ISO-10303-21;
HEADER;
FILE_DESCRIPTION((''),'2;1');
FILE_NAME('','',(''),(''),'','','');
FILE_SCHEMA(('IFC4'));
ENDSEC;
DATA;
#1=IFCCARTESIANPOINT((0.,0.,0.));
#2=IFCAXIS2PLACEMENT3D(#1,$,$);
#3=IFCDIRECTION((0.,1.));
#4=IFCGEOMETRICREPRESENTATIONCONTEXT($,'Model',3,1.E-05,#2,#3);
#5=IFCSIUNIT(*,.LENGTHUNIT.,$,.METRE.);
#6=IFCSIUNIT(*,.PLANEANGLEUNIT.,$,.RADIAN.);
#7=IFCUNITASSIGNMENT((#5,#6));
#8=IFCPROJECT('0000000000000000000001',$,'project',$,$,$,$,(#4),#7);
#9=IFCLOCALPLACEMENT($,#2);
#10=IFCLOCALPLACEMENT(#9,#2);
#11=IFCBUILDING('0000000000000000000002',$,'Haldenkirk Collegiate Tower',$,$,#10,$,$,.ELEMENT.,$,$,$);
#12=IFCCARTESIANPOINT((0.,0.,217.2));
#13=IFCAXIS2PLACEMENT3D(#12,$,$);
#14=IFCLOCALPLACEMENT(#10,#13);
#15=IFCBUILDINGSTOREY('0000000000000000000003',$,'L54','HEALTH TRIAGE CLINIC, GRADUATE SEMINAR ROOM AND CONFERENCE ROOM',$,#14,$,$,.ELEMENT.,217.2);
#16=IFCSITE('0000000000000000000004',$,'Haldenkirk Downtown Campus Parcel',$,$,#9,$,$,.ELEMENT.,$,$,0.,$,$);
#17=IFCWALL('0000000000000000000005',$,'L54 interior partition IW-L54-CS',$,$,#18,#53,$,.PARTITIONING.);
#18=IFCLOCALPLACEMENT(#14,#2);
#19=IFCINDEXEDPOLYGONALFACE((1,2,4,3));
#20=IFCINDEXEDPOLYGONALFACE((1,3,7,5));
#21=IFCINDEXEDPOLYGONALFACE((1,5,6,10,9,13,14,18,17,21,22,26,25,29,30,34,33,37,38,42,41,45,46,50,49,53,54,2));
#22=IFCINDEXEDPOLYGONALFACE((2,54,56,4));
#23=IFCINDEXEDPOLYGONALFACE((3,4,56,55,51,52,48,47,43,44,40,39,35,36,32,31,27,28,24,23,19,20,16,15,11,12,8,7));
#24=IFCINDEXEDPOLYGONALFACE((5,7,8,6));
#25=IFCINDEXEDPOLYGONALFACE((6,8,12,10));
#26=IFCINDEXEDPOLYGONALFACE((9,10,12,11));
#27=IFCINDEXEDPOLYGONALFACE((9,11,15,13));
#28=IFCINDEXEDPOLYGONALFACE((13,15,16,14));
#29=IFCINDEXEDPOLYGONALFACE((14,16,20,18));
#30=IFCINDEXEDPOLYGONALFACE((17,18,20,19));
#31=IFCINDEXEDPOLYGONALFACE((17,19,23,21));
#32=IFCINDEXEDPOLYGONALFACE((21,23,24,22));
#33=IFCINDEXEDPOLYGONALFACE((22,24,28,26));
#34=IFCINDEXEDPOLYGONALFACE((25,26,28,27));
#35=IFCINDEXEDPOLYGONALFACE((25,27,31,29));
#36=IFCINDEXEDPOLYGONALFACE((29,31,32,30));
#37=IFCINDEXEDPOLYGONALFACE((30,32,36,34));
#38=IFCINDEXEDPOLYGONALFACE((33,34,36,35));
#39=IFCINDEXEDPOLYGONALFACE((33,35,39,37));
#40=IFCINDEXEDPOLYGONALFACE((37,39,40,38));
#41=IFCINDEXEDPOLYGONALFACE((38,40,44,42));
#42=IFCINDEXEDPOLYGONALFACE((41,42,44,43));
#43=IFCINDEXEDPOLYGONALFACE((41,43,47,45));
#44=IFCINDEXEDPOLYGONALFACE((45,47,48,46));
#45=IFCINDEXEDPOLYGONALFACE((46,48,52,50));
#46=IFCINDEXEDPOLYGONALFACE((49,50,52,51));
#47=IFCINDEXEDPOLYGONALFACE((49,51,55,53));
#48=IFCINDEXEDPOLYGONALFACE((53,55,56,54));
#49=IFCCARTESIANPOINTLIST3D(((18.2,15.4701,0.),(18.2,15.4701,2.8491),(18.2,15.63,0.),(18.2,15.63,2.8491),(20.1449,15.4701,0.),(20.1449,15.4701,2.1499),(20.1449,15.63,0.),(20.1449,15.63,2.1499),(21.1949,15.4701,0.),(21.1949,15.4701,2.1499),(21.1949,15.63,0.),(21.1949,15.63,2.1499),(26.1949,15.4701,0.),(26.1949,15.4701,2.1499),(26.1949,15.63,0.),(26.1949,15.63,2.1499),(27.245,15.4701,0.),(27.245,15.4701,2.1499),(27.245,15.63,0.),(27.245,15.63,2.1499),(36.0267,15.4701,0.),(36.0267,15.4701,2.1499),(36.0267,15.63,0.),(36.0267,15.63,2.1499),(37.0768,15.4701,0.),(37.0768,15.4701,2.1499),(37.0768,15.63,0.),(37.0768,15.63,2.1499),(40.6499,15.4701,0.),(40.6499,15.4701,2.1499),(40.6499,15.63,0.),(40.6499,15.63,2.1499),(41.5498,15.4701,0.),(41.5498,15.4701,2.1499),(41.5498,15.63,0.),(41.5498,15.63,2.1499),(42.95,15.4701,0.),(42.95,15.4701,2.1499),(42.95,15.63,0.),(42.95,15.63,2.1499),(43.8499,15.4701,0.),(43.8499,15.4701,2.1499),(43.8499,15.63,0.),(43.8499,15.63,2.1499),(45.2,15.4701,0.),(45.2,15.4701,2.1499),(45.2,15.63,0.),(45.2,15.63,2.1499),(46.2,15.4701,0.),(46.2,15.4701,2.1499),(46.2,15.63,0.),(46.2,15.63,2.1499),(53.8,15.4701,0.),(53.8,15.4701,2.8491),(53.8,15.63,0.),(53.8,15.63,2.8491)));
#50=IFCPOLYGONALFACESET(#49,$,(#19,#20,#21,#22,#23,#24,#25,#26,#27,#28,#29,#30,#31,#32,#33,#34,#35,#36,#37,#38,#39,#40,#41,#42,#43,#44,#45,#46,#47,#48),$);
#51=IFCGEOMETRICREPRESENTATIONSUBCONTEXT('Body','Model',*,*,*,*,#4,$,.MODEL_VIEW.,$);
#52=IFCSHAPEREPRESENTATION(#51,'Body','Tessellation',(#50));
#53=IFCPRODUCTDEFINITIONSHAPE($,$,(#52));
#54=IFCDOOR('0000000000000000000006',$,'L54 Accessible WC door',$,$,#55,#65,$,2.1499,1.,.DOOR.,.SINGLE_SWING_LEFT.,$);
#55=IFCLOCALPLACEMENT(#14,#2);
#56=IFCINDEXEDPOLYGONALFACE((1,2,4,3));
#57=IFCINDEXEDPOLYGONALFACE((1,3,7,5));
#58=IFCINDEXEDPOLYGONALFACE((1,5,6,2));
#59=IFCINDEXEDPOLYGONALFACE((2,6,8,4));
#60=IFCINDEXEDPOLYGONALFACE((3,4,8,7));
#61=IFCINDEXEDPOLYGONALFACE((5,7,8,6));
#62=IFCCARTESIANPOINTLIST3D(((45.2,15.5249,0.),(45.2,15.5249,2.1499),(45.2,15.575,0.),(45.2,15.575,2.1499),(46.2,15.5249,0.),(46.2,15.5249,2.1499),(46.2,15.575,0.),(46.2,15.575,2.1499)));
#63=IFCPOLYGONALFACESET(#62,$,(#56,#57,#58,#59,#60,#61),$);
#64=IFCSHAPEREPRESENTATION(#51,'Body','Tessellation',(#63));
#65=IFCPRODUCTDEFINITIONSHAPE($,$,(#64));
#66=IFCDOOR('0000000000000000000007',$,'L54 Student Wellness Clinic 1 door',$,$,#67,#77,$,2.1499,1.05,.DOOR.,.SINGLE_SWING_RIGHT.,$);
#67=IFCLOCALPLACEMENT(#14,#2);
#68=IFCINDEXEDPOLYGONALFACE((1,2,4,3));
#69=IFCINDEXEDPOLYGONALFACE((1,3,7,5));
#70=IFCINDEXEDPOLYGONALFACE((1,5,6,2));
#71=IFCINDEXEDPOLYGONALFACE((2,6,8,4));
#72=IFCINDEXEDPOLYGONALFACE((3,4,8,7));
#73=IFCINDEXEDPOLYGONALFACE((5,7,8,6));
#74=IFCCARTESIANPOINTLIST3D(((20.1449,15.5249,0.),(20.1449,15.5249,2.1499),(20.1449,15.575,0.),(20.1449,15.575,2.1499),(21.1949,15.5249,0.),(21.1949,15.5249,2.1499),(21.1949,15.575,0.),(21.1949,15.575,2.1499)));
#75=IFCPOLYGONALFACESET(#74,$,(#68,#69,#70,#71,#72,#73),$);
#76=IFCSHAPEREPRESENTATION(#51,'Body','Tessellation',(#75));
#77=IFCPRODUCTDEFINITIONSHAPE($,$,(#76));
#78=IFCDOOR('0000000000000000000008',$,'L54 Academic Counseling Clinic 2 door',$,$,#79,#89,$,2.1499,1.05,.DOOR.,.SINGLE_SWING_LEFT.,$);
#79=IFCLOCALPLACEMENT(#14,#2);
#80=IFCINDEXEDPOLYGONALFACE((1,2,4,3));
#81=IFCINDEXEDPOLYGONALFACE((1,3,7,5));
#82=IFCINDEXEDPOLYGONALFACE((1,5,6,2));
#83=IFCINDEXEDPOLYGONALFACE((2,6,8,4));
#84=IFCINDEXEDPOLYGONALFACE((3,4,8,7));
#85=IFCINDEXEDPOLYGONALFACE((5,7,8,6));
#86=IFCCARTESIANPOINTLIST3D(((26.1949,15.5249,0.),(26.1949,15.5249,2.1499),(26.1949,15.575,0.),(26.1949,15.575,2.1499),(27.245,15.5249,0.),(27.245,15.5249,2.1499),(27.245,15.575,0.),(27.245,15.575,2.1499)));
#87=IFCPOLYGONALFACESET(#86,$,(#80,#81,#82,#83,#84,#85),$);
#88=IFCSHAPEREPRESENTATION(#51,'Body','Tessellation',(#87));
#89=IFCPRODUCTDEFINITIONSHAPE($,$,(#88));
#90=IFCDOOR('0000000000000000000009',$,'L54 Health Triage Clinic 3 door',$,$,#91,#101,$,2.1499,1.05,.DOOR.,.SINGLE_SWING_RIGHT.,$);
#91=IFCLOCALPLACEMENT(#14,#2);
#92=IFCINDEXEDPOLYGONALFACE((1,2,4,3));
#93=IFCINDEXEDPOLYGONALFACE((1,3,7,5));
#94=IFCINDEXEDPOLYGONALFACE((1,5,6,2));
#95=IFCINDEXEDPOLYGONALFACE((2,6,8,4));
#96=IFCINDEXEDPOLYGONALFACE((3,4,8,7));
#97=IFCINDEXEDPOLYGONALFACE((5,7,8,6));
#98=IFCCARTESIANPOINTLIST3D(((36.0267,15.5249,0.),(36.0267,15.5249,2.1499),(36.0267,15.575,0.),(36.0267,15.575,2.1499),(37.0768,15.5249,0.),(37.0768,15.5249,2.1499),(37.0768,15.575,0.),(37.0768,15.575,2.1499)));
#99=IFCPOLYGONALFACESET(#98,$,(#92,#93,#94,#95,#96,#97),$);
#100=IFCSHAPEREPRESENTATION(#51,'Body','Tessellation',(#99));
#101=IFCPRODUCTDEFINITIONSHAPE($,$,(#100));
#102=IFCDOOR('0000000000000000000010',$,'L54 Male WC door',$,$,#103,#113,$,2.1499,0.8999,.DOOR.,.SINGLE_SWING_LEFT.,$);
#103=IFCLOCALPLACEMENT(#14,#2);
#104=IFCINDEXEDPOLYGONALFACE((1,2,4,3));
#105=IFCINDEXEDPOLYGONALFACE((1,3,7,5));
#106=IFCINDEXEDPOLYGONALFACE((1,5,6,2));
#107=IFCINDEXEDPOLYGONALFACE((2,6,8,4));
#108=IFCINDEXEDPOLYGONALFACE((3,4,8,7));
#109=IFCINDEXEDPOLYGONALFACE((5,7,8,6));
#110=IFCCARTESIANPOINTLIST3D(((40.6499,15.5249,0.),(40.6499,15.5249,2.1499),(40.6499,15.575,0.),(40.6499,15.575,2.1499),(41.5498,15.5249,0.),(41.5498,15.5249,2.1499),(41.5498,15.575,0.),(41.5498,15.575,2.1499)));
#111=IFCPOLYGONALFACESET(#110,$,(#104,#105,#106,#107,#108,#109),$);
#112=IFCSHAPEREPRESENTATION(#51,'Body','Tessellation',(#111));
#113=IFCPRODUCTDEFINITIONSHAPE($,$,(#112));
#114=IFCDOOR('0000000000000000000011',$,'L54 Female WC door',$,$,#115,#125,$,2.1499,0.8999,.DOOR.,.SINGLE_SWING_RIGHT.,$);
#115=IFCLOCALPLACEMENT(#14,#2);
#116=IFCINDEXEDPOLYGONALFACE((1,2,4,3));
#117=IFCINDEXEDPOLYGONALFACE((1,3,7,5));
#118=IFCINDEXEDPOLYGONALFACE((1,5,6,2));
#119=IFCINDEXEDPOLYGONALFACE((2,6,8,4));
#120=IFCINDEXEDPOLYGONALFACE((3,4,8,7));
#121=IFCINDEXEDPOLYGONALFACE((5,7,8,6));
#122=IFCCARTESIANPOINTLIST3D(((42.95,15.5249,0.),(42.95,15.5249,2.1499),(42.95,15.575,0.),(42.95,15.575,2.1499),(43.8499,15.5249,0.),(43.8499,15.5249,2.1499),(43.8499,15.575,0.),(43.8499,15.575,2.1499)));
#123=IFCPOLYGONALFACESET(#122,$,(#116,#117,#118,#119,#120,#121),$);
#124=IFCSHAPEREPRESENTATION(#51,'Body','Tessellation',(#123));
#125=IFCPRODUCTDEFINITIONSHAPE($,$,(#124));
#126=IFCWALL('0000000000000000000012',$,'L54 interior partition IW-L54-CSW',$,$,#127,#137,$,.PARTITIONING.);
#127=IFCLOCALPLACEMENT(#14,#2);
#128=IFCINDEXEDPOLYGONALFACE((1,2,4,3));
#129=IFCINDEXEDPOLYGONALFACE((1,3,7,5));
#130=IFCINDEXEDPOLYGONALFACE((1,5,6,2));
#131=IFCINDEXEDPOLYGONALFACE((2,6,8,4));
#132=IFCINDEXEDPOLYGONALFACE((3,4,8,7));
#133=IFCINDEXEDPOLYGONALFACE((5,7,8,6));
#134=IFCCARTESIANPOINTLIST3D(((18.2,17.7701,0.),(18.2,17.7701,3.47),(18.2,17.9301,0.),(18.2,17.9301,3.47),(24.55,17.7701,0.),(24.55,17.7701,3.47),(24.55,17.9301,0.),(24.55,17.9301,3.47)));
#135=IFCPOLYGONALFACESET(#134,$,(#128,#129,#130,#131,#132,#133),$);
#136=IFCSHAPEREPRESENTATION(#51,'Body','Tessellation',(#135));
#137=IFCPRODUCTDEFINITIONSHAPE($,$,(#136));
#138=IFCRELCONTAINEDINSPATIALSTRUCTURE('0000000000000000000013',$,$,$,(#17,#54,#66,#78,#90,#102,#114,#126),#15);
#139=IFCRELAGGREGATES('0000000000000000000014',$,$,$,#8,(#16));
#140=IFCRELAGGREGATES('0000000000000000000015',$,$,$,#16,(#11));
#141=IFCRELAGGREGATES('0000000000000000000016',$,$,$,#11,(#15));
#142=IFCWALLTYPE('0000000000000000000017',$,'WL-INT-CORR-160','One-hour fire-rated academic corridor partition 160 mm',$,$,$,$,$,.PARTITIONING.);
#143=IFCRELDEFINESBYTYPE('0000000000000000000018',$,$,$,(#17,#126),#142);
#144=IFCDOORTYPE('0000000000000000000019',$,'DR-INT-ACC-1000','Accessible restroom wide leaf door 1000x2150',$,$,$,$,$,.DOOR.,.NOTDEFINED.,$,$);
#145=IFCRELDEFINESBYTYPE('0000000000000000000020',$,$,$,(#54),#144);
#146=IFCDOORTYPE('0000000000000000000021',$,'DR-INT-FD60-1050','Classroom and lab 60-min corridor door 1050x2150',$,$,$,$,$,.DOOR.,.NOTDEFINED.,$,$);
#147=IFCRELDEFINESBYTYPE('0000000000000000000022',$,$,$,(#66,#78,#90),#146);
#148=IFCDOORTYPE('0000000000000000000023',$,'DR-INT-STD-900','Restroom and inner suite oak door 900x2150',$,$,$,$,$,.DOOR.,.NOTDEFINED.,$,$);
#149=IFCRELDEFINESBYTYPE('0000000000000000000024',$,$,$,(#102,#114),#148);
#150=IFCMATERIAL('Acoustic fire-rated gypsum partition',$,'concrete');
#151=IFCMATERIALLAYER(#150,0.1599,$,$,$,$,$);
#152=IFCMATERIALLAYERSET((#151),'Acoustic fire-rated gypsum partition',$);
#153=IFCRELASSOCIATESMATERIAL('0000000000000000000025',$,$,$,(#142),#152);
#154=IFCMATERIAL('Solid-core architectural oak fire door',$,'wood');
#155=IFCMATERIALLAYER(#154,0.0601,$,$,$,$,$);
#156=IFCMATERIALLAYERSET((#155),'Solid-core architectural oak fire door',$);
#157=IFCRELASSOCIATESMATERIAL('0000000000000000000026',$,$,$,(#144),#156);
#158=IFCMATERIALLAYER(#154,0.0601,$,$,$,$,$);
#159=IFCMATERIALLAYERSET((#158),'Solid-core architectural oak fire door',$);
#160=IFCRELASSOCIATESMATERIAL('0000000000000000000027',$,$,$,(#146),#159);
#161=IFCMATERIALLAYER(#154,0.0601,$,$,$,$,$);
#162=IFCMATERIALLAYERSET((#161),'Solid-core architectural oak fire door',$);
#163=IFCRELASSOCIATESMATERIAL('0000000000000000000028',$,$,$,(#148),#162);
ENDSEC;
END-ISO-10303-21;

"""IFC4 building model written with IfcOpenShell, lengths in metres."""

from ifc_helpers import new_model, si_unit, direction, frame, frame_2d, origin, place, context, subcontext, project, spatial, rectangle, extrude, material, layer, layer_set, type_object, element, fill, save


model = new_model("IFC4")

# Units and contexts
model_context = context("Model", 3, precision=1e-05, world=origin(), true_north=direction((0.0, 1.0)))
body_context = subcontext(model_context, "Body", "Model", "MODEL_VIEW")
ifc_project = project(units=[si_unit("LENGTHUNIT", "METRE"), si_unit("PLANEANGLEUNIT", "RADIAN")], contexts=[model_context])

# Site, building, storey
site_placement = place(None, origin())
site = spatial("IfcSite", under=ifc_project, at=site_placement, Name="Haldenkirk Downtown Campus Parcel", CompositionType="ELEMENT", RefElevation=0.0)
building_placement = place(site_placement, origin())
building = spatial("IfcBuilding", under=site, at=building_placement, Name="Haldenkirk Collegiate Tower", CompositionType="ELEMENT")
storey_placement = place(building_placement, frame((0.0, 0.0, 217.2)))
storey = spatial("IfcBuildingStorey", under=building, at=storey_placement, Name="L54", Description="HEALTH TRIAGE CLINIC, GRADUATE SEMINAR ROOM AND CONFERENCE ROOM", CompositionType="ELEMENT", Elevation=217.2)

# Wall, openings, doors
ifc_material_1 = material(Name="Acoustic fire-rated gypsum partition", Category="concrete")
ifc_layer_1 = layer(ifc_material_1, 0.1599)
ifc_layer_set_1 = layer_set([ifc_layer_1], Name="Acoustic fire-rated gypsum partition")
wall_type_1 = type_object("IfcWallType", Name="WL-INT-CORR-160", Description="One-hour fire-rated academic corridor partition 160 mm", PredefinedType="PARTITIONING", material=ifc_layer_set_1)
wall_1_placement = place(storey_placement, frame((18.2, 15.55, 0.0), z_axis=(0.0, 0.0, 1.0), x_axis=(1.0, 0.0, 0.0)))
wall_1 = element("IfcWall", 1, at=wall_1_placement, inside=storey, type_object=wall_type_1, Name="L54 interior partition IW-L54-CS", PredefinedType="PARTITIONING", context=body_context, shape_type="SweptSolid", body=[
    extrude(rectangle(XDim=35.6001, YDim=0.1599, at=frame_2d((17.8, 0.0))), origin(), (0.0, 0.0, 1.0), 2.8491),
])
opening_1_placement = place(wall_1_placement, frame((22.45, 0.0, 0.0)))
opening_1 = element("IfcOpeningElement", 2, at=opening_1_placement, cuts=wall_1, PredefinedType="OPENING", context=body_context, shape_type="SweptSolid", body=[
    extrude(rectangle(XDim=0.8999, YDim=2.1499, at=frame_2d((0.45, 1.075))), frame((0.0, 0.0898, 0.0), z_axis=(0.0, -1.0, 0.0), x_axis=(1.0, 0.0, 0.0)), (0.0, 0.0, 1.0), 0.1799),
])
opening_2_placement = place(wall_1_placement, frame((24.75, 0.0, 0.0)))
opening_2 = element("IfcOpeningElement", 3, at=opening_2_placement, cuts=wall_1, PredefinedType="OPENING", context=body_context, shape_type="SweptSolid", body=[
    extrude(rectangle(XDim=0.8999, YDim=2.1499, at=frame_2d((0.45, 1.075))), frame((0.0, 0.0898, 0.0), z_axis=(0.0, -1.0, 0.0), x_axis=(1.0, 0.0, 0.0)), (0.0, 0.0, 1.0), 0.1799),
])
opening_3_placement = place(wall_1_placement, frame((27.0, 0.0, 0.0)))
opening_3 = element("IfcOpeningElement", 4, at=opening_3_placement, cuts=wall_1, PredefinedType="OPENING", context=body_context, shape_type="SweptSolid", body=[
    extrude(rectangle(XDim=1.0, YDim=2.1499, at=frame_2d((0.5, 1.075))), frame((0.0, 0.0898, 0.0), z_axis=(0.0, -1.0, 0.0), x_axis=(1.0, 0.0, 0.0)), (0.0, 0.0, 1.0), 0.1799),
])
opening_4_placement = place(wall_1_placement, frame((1.9451, 0.0, 0.0)))
opening_4 = element("IfcOpeningElement", 5, at=opening_4_placement, cuts=wall_1, PredefinedType="OPENING", context=body_context, shape_type="SweptSolid", body=[
    extrude(rectangle(XDim=1.05, YDim=2.1499, at=frame_2d((0.5249, 1.075))), frame((0.0, 0.0898, 0.0), z_axis=(0.0, -1.0, 0.0), x_axis=(1.0, 0.0, 0.0)), (0.0, 0.0, 1.0), 0.1799),
])
opening_5_placement = place(wall_1_placement, frame((7.9951, 0.0, 0.0)))
opening_5 = element("IfcOpeningElement", 6, at=opening_5_placement, cuts=wall_1, PredefinedType="OPENING", context=body_context, shape_type="SweptSolid", body=[
    extrude(rectangle(XDim=1.05, YDim=2.1499, at=frame_2d((0.5249, 1.075))), frame((0.0, 0.0898, 0.0), z_axis=(0.0, -1.0, 0.0), x_axis=(1.0, 0.0, 0.0)), (0.0, 0.0, 1.0), 0.1799),
])
opening_6_placement = place(wall_1_placement, frame((17.8269, 0.0, 0.0)))
opening_6 = element("IfcOpeningElement", 7, at=opening_6_placement, cuts=wall_1, PredefinedType="OPENING", context=body_context, shape_type="SweptSolid", body=[
    extrude(rectangle(XDim=1.05, YDim=2.1499, at=frame_2d((0.5249, 1.075))), frame((0.0, 0.0898, 0.0), z_axis=(0.0, -1.0, 0.0), x_axis=(1.0, 0.0, 0.0)), (0.0, 0.0, 1.0), 0.1799),
])
ifc_material_2 = material(Name="Solid-core architectural oak fire door", Category="wood")
ifc_layer_2 = layer(ifc_material_2, 0.0601)
ifc_layer_set_2 = layer_set([ifc_layer_2], Name="Solid-core architectural oak fire door")
door_type_1 = type_object("IfcDoorType", Name="DR-INT-ACC-1000", Description="Accessible restroom wide leaf door 1000x2150", OperationType="NOTDEFINED", PredefinedType="DOOR", material=ifc_layer_set_2)
door_1_placement = place(opening_3_placement, origin())
door_1 = element("IfcDoor", 8, at=door_1_placement, inside=storey, type_object=door_type_1, Name="L54 Accessible WC door", OperationType="SINGLE_SWING_LEFT", OverallHeight=2.1499, OverallWidth=1.0, PredefinedType="DOOR", context=body_context, shape_type="SweptSolid", body=[
    extrude(rectangle(XDim=1.0, YDim=2.1499, at=frame_2d((0.5, 1.075))), frame((0.0, 0.0249, 0.0), z_axis=(0.0, -1.0, 0.0), x_axis=(1.0, 0.0, 0.0)), (0.0, 0.0, 1.0), 0.05),
])
fill(opening_3, door_1)
ifc_layer_3 = layer(ifc_material_2, 0.0601)
ifc_layer_set_3 = layer_set([ifc_layer_3], Name="Solid-core architectural oak fire door")
door_type_2 = type_object("IfcDoorType", Name="DR-INT-FD60-1050", Description="Classroom and lab 60-min corridor door 1050x2150", OperationType="NOTDEFINED", PredefinedType="DOOR", material=ifc_layer_set_3)
door_2_placement = place(opening_4_placement, origin())
door_2 = element("IfcDoor", 9, at=door_2_placement, inside=storey, type_object=door_type_2, Name="L54 Student Wellness Clinic 1 door", OperationType="SINGLE_SWING_RIGHT", OverallHeight=2.1499, OverallWidth=1.05, PredefinedType="DOOR", context=body_context, shape_type="SweptSolid", body=[
    extrude(rectangle(XDim=1.05, YDim=2.1499, at=frame_2d((0.5249, 1.075))), frame((0.0, 0.0249, 0.0), z_axis=(0.0, -1.0, 0.0), x_axis=(1.0, 0.0, 0.0)), (0.0, 0.0, 1.0), 0.05),
])
fill(opening_4, door_2)
door_3_placement = place(opening_5_placement, origin())
door_3 = element("IfcDoor", 10, at=door_3_placement, inside=storey, type_object=door_type_2, Name="L54 Academic Counseling Clinic 2 door", OperationType="SINGLE_SWING_LEFT", OverallHeight=2.1499, OverallWidth=1.05, PredefinedType="DOOR", context=body_context, shape_type="SweptSolid", body=[
    extrude(rectangle(XDim=1.05, YDim=2.1499, at=frame_2d((0.5249, 1.075))), frame((0.0, 0.0249, 0.0), z_axis=(0.0, -1.0, 0.0), x_axis=(1.0, 0.0, 0.0)), (0.0, 0.0, 1.0), 0.05),
])
fill(opening_5, door_3)
door_4_placement = place(opening_6_placement, origin())
door_4 = element("IfcDoor", 11, at=door_4_placement, inside=storey, type_object=door_type_2, Name="L54 Health Triage Clinic 3 door", OperationType="SINGLE_SWING_RIGHT", OverallHeight=2.1499, OverallWidth=1.05, PredefinedType="DOOR", context=body_context, shape_type="SweptSolid", body=[
    extrude(rectangle(XDim=1.05, YDim=2.1499, at=frame_2d((0.5249, 1.075))), frame((0.0, 0.0249, 0.0), z_axis=(0.0, -1.0, 0.0), x_axis=(1.0, 0.0, 0.0)), (0.0, 0.0, 1.0), 0.05),
])
fill(opening_6, door_4)
ifc_layer_4 = layer(ifc_material_2, 0.0601)
ifc_layer_set_4 = layer_set([ifc_layer_4], Name="Solid-core architectural oak fire door")
door_type_3 = type_object("IfcDoorType", Name="DR-INT-STD-900", Description="Restroom and inner suite oak door 900x2150", OperationType="NOTDEFINED", PredefinedType="DOOR", material=ifc_layer_set_4)
door_5_placement = place(opening_1_placement, origin())
door_5 = element("IfcDoor", 12, at=door_5_placement, inside=storey, type_object=door_type_3, Name="L54 Male WC door", OperationType="SINGLE_SWING_LEFT", OverallHeight=2.1499, OverallWidth=0.8999, PredefinedType="DOOR", context=body_context, shape_type="SweptSolid", body=[
    extrude(rectangle(XDim=0.8999, YDim=2.1499, at=frame_2d((0.45, 1.075))), frame((0.0, 0.0249, 0.0), z_axis=(0.0, -1.0, 0.0), x_axis=(1.0, 0.0, 0.0)), (0.0, 0.0, 1.0), 0.05),
])
fill(opening_1, door_5)
door_6_placement = place(opening_2_placement, origin())
door_6 = element("IfcDoor", 13, at=door_6_placement, inside=storey, type_object=door_type_3, Name="L54 Female WC door", OperationType="SINGLE_SWING_RIGHT", OverallHeight=2.1499, OverallWidth=0.8999, PredefinedType="DOOR", context=body_context, shape_type="SweptSolid", body=[
    extrude(rectangle(XDim=0.8999, YDim=2.1499, at=frame_2d((0.45, 1.075))), frame((0.0, 0.0249, 0.0), z_axis=(0.0, -1.0, 0.0), x_axis=(1.0, 0.0, 0.0)), (0.0, 0.0, 1.0), 0.05),
])
fill(opening_2, door_6)

# Wall
wall_2_placement = place(storey_placement, frame((18.2, 17.8501, 0.0), z_axis=(0.0, 0.0, 1.0), x_axis=(1.0, 0.0, 0.0)))
element("IfcWall", 14, at=wall_2_placement, inside=storey, type_object=wall_type_1, Name="L54 interior partition IW-L54-CSW", PredefinedType="PARTITIONING", context=body_context, shape_type="SweptSolid", body=[
    extrude(rectangle(XDim=6.3501, YDim=0.1599, at=frame_2d((3.175, 0.0))), origin(), (0.0, 0.0, 1.0), 3.47),
])

save(model, "model.ifc")
